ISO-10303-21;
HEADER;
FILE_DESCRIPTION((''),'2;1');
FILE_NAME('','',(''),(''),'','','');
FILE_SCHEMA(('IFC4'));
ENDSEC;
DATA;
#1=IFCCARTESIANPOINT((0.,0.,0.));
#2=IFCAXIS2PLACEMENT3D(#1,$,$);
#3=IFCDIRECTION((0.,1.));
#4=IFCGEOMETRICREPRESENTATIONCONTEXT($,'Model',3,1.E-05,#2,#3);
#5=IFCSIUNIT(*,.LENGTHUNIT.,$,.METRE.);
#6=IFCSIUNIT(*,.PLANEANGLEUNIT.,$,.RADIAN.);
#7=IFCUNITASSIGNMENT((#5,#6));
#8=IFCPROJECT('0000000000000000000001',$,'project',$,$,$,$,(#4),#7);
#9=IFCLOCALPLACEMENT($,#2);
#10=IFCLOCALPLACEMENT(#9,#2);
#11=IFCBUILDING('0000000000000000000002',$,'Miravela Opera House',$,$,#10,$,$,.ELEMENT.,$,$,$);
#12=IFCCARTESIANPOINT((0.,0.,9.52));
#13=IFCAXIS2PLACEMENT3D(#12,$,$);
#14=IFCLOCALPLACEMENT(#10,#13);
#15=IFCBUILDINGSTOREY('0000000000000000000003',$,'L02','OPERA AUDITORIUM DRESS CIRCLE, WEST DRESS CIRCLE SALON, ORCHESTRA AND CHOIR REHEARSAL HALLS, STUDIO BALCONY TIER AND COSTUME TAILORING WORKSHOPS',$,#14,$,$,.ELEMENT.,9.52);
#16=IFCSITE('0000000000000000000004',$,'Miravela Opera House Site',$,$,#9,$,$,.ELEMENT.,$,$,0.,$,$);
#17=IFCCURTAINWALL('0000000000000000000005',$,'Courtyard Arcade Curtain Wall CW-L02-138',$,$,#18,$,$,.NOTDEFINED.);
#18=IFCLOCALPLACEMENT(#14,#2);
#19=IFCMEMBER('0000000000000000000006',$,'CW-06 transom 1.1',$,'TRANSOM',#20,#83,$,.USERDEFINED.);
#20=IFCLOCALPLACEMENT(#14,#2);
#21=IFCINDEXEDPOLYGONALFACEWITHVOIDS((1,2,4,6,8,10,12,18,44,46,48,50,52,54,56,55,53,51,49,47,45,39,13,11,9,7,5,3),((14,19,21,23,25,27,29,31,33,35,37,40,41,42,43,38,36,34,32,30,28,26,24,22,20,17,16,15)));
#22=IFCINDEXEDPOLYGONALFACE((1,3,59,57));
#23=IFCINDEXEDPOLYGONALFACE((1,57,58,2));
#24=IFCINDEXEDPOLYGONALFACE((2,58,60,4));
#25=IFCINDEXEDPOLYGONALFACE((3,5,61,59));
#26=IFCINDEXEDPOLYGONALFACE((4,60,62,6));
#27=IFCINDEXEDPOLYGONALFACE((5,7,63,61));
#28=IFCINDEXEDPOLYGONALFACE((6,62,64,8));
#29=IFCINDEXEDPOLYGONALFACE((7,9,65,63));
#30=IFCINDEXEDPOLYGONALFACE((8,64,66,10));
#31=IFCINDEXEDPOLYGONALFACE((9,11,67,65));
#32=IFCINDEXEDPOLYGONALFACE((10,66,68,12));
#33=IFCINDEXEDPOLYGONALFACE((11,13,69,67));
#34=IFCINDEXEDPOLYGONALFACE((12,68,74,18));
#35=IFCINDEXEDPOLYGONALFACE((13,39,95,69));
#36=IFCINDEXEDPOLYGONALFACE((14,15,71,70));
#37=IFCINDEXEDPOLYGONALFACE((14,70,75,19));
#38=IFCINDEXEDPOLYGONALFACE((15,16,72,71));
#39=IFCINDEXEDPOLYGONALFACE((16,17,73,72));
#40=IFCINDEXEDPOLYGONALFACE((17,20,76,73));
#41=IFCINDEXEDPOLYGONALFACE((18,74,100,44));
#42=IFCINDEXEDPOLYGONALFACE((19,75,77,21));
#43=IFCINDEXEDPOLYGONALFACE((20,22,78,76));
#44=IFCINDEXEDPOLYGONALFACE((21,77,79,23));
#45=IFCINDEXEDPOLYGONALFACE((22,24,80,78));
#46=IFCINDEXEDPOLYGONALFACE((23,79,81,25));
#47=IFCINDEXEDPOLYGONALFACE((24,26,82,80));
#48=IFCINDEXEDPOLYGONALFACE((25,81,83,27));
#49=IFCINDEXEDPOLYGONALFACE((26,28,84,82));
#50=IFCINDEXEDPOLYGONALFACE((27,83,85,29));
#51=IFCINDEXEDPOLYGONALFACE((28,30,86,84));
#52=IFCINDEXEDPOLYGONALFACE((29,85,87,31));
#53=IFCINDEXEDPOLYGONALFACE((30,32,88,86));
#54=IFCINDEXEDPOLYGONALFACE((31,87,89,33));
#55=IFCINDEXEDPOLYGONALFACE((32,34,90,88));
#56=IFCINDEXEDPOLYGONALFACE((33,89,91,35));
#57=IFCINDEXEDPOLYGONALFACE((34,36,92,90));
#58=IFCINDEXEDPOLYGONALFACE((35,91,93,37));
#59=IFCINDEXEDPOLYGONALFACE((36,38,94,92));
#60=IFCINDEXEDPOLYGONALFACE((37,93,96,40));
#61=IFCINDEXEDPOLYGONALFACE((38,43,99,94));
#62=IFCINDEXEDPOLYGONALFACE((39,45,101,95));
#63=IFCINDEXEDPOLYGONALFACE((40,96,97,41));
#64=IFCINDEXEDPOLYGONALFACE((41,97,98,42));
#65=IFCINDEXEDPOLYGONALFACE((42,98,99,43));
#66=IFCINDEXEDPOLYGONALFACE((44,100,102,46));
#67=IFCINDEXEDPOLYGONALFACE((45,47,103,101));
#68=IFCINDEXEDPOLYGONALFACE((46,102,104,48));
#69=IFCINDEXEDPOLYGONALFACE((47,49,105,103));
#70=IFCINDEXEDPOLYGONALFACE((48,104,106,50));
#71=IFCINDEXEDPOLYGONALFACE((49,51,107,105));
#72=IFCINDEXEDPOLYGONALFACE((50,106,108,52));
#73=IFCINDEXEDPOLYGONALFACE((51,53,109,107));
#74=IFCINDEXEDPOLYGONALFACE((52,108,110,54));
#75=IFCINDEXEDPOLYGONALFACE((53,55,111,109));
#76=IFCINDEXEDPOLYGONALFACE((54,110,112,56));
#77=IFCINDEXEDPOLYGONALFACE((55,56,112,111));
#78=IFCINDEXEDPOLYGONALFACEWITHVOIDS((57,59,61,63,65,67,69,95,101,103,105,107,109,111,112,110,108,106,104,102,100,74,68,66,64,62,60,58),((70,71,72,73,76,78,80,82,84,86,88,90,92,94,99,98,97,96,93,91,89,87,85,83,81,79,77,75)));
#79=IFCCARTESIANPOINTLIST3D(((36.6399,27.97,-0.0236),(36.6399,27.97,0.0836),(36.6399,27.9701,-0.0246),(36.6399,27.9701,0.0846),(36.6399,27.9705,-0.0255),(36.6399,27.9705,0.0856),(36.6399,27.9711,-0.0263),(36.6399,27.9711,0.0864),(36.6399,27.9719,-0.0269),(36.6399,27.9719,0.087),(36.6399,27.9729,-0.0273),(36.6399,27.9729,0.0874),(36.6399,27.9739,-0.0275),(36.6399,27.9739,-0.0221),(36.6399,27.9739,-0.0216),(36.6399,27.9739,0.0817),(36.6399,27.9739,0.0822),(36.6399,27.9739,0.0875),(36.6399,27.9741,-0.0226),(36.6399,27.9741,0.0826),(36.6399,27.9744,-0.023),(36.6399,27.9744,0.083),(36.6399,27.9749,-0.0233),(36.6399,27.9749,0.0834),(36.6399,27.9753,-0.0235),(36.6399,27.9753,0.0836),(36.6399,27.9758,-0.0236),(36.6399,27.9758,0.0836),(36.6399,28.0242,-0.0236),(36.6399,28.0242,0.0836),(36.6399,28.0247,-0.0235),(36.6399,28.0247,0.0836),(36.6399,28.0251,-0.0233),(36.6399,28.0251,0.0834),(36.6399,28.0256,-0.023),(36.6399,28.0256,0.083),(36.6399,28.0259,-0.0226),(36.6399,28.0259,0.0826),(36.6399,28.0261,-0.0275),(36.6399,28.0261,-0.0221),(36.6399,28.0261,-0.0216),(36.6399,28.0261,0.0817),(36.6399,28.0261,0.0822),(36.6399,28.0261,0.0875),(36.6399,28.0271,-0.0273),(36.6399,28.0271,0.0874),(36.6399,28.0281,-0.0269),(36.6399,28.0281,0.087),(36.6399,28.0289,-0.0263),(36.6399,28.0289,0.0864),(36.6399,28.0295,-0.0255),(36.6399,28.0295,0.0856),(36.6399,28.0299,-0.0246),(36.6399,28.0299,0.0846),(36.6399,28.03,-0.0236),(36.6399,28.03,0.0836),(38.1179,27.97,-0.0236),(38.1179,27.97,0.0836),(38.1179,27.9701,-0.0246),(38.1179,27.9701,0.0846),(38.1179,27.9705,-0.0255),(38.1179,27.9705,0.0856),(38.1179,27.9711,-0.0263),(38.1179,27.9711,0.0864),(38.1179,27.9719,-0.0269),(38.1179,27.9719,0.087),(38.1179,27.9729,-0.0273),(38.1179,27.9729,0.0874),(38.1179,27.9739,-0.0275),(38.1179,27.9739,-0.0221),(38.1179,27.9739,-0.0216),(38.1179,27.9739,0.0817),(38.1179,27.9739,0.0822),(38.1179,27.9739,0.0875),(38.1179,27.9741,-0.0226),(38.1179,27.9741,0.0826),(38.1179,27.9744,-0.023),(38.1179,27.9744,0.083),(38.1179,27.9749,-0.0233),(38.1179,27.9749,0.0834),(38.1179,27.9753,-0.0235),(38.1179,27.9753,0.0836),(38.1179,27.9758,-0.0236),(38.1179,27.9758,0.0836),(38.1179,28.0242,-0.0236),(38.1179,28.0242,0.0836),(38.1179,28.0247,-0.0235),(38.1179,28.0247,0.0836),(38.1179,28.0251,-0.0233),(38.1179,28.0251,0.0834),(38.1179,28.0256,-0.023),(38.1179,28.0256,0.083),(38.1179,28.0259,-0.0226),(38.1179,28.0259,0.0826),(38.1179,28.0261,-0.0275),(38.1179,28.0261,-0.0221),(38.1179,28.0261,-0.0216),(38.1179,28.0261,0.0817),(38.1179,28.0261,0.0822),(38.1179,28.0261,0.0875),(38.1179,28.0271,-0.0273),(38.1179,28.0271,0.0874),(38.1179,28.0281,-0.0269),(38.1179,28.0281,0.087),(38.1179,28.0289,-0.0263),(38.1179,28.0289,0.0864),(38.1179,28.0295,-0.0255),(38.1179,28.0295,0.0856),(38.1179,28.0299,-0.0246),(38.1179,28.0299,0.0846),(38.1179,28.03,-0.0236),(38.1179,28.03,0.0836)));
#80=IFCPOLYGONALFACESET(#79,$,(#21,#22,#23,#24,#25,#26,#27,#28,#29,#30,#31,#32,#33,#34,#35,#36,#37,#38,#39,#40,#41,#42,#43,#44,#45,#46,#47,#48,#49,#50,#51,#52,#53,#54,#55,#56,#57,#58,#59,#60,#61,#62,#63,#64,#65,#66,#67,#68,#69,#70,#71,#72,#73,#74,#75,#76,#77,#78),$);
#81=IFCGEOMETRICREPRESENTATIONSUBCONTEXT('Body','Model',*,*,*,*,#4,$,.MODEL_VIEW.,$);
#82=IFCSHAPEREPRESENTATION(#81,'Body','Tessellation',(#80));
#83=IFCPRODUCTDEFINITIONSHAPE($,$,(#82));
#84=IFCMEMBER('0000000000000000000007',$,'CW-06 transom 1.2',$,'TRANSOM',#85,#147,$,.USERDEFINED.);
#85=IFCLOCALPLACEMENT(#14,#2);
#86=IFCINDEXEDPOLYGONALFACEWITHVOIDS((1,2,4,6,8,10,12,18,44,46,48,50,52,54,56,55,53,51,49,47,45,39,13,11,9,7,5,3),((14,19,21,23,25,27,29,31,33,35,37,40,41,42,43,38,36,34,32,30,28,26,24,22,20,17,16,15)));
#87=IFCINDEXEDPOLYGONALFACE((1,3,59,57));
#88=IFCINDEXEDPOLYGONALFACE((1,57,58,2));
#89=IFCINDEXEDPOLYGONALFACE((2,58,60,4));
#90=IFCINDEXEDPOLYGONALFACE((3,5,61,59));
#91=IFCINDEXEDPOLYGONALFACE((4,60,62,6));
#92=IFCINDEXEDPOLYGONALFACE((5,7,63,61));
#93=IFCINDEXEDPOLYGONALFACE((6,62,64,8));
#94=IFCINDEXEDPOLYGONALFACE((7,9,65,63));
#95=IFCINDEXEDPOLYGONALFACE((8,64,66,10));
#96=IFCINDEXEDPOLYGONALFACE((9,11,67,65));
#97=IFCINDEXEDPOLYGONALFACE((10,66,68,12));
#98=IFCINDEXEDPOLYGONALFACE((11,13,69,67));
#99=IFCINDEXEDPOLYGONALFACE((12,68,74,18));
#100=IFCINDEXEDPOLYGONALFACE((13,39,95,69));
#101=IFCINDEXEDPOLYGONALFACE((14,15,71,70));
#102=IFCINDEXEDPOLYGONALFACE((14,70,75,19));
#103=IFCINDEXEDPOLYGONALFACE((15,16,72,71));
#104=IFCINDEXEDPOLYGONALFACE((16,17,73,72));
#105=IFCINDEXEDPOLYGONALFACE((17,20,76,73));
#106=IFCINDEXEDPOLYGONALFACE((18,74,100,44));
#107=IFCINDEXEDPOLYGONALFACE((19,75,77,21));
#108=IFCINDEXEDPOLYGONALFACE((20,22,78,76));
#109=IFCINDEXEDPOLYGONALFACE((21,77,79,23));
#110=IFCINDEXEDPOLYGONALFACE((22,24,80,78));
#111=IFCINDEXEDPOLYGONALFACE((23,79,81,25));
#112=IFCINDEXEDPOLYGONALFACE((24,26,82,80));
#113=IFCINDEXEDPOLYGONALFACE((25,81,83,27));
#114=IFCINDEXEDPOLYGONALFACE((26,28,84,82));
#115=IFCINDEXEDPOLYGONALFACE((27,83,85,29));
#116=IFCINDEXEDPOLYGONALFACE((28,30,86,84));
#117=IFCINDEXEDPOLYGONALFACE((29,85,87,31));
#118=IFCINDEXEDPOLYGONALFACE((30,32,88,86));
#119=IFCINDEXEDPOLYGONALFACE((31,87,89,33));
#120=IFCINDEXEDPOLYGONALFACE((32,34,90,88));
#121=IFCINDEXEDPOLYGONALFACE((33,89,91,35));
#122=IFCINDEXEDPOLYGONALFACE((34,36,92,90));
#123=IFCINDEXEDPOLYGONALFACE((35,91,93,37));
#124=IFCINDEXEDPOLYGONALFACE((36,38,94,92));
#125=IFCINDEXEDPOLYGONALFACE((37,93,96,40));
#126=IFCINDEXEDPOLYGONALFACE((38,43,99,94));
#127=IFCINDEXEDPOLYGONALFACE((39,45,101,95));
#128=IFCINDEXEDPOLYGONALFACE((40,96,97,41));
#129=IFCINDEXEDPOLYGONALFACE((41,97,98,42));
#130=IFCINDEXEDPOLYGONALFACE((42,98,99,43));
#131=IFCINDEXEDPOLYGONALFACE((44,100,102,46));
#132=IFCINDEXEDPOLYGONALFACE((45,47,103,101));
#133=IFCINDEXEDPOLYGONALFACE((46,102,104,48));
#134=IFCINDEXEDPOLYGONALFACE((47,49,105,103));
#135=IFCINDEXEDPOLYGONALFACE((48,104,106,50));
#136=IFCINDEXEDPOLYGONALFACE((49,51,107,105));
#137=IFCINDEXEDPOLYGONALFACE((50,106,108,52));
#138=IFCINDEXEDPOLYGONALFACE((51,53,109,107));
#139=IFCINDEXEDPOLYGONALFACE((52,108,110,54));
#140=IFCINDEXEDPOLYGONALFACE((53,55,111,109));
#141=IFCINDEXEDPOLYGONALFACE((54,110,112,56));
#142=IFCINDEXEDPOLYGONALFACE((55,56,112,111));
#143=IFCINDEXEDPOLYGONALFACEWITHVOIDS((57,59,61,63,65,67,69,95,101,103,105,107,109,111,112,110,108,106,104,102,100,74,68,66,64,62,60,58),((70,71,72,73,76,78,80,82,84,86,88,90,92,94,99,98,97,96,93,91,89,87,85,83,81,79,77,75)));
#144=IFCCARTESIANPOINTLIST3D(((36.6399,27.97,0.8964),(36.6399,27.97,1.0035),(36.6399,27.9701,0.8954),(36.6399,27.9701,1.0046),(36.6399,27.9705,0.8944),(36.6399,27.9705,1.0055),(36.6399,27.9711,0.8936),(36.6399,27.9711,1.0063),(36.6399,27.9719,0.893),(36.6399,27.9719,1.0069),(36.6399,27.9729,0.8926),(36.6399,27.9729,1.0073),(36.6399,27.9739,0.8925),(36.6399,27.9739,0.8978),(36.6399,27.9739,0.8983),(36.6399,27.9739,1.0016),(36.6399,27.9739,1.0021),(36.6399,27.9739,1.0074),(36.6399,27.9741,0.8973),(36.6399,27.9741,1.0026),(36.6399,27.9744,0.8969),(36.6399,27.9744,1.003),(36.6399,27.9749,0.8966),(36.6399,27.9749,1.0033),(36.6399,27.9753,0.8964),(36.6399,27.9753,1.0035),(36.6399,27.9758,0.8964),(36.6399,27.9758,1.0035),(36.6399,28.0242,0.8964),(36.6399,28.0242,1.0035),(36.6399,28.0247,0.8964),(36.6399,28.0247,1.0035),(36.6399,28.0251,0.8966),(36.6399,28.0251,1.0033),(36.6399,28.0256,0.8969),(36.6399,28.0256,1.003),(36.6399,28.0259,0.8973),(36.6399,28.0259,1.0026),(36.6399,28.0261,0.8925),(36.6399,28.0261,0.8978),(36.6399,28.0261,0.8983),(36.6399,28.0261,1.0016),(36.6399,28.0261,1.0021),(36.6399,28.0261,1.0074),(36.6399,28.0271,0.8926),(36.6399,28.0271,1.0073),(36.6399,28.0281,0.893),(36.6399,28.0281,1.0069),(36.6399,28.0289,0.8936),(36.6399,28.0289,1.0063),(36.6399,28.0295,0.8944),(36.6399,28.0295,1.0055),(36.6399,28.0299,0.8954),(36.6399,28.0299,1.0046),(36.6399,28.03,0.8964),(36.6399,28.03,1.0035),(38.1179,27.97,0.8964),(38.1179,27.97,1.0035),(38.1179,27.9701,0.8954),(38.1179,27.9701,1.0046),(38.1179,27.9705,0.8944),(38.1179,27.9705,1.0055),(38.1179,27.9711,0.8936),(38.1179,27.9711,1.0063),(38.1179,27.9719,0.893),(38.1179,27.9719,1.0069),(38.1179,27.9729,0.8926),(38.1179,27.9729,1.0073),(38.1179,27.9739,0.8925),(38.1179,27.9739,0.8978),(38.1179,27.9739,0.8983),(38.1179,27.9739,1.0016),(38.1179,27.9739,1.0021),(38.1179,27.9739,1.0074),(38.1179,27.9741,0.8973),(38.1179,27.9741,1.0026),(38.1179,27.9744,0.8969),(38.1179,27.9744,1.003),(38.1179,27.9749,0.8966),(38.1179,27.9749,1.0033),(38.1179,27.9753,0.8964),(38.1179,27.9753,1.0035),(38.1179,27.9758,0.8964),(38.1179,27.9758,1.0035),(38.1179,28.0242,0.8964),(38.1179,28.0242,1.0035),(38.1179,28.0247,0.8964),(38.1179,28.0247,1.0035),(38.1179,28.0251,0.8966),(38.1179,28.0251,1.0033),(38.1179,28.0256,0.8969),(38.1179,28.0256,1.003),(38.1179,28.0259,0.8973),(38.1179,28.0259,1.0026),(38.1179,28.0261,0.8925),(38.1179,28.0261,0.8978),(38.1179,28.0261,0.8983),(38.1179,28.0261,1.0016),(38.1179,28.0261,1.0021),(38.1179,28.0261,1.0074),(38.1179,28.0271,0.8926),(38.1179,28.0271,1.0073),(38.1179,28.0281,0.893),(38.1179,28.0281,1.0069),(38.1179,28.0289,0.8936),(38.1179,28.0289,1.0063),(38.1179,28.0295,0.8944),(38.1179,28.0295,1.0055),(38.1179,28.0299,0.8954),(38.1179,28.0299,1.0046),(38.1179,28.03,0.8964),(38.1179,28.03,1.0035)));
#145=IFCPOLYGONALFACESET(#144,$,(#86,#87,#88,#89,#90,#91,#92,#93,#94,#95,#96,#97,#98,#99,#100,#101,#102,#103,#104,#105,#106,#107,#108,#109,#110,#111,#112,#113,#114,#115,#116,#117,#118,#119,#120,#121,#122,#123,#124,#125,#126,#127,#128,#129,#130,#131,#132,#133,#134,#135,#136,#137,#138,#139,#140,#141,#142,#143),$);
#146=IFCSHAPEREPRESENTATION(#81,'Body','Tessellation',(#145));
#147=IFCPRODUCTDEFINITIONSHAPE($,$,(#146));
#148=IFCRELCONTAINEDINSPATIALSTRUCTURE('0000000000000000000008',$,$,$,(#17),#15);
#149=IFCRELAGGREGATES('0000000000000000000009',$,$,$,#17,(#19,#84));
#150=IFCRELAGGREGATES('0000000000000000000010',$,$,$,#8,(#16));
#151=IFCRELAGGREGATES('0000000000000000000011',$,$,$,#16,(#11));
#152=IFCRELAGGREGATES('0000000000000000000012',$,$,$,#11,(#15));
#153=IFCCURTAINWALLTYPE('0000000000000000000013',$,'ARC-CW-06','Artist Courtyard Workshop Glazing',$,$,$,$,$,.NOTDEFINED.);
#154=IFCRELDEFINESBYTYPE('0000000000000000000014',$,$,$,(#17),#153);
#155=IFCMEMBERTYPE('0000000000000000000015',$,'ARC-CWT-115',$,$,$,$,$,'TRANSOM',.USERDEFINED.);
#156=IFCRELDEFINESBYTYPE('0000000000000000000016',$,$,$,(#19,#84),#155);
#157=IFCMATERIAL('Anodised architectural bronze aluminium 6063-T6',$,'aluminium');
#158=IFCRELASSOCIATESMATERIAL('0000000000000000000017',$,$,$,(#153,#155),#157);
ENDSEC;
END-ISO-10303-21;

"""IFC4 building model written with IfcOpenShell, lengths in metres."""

from ifc_helpers import new_model, si_unit, direction, frame, origin, origin_2d, place, context, subcontext, project, spatial, hollow_rectangle, extrude, material, material_profile, profile_set, type_object, element, aggregate, save


model = new_model("IFC4")

# Units and contexts
model_context = context("Model", 3, precision=1e-05, world=origin(), true_north=direction((0.0, 1.0)))
body_context = subcontext(model_context, "Body", "Model", "MODEL_VIEW")
ifc_project = project(units=[si_unit("LENGTHUNIT", "METRE"), si_unit("PLANEANGLEUNIT", "RADIAN")], contexts=[model_context])

# Site, building, storey
site_placement = place(None, origin())
site = spatial("IfcSite", under=ifc_project, at=site_placement, Name="Miravela Opera House Site", CompositionType="ELEMENT", RefElevation=0.0)
building_placement = place(site_placement, origin())
building = spatial("IfcBuilding", under=site, at=building_placement, Name="Miravela Opera House", CompositionType="ELEMENT")
storey_placement = place(building_placement, frame((0.0, 0.0, 9.52)))
storey = spatial("IfcBuildingStorey", under=building, at=storey_placement, Name="L02", Description="OPERA AUDITORIUM DRESS CIRCLE, WEST DRESS CIRCLE SALON, ORCHESTRA AND CHOIR REHEARSAL HALLS, STUDIO BALCONY TIER AND COSTUME TAILORING WORKSHOPS", CompositionType="ELEMENT", Elevation=9.52)

# Shared definitions
ifc_material_1 = material(Name="Anodised architectural bronze aluminium 6063-T6", Category="aluminium")
curtain_wall_type = type_object("IfcCurtainWallType", Name="ARC-CW-06", Description="Artist Courtyard Workshop Glazing", PredefinedType="NOTDEFINED", material=ifc_material_1)

# Curtain wall, members
curtain_wall_1_placement = place(storey_placement, origin())
curtain_wall_1 = element("IfcCurtainWall", 1, at=curtain_wall_1_placement, inside=storey, type_object=curtain_wall_type, Name="Courtyard Arcade Curtain Wall CW-L02-138", PredefinedType="NOTDEFINED")
ifc_material_profile_1 = material_profile(ifc_material_1, hollow_rectangle(XDim=0.0601, YDim=0.115, WallThickness=0.0039, InnerFilletRadius=0.002, OuterFilletRadius=0.0039, at=origin_2d()), Name="CWT-60X115")
ifc_profile_set_1 = profile_set([ifc_material_profile_1])
member_type_1 = type_object("IfcMemberType", Name="ARC-CWT-115", ElementType="TRANSOM", PredefinedType="USERDEFINED", material=ifc_profile_set_1)
member_1_placement = place(storey_placement, frame((36.6399, 28.0, 0.03), z_axis=(1.0, 0.0, 0.0), x_axis=(0.0, 1.0, 0.0)))
member_1 = element("IfcMember", 2, at=member_1_placement, type_object=member_type_1, Name="CW-06 transom 1.1", ObjectType="TRANSOM", PredefinedType="USERDEFINED", context=body_context, shape_type="SweptSolid", body=[
    extrude(hollow_rectangle(XDim=0.0601, YDim=0.115, WallThickness=0.0039, InnerFilletRadius=0.002, OuterFilletRadius=0.0039, at=origin_2d()), origin(), (0.0, 0.0, 1.0), 1.478),
])
member_2_placement = place(storey_placement, frame((36.6399, 28.0, 0.95), z_axis=(1.0, 0.0, 0.0), x_axis=(0.0, 1.0, 0.0)))
member_2 = element("IfcMember", 3, at=member_2_placement, type_object=member_type_1, Name="CW-06 transom 1.2", ObjectType="TRANSOM", PredefinedType="USERDEFINED", context=body_context, shape_type="SweptSolid", body=[
    extrude(hollow_rectangle(XDim=0.0601, YDim=0.115, WallThickness=0.0039, InnerFilletRadius=0.002, OuterFilletRadius=0.0039, at=origin_2d()), origin(), (0.0, 0.0, 1.0), 1.478),
])

aggregate(curtain_wall_1, [member_1, member_2])

save(model, "model.ifc")
